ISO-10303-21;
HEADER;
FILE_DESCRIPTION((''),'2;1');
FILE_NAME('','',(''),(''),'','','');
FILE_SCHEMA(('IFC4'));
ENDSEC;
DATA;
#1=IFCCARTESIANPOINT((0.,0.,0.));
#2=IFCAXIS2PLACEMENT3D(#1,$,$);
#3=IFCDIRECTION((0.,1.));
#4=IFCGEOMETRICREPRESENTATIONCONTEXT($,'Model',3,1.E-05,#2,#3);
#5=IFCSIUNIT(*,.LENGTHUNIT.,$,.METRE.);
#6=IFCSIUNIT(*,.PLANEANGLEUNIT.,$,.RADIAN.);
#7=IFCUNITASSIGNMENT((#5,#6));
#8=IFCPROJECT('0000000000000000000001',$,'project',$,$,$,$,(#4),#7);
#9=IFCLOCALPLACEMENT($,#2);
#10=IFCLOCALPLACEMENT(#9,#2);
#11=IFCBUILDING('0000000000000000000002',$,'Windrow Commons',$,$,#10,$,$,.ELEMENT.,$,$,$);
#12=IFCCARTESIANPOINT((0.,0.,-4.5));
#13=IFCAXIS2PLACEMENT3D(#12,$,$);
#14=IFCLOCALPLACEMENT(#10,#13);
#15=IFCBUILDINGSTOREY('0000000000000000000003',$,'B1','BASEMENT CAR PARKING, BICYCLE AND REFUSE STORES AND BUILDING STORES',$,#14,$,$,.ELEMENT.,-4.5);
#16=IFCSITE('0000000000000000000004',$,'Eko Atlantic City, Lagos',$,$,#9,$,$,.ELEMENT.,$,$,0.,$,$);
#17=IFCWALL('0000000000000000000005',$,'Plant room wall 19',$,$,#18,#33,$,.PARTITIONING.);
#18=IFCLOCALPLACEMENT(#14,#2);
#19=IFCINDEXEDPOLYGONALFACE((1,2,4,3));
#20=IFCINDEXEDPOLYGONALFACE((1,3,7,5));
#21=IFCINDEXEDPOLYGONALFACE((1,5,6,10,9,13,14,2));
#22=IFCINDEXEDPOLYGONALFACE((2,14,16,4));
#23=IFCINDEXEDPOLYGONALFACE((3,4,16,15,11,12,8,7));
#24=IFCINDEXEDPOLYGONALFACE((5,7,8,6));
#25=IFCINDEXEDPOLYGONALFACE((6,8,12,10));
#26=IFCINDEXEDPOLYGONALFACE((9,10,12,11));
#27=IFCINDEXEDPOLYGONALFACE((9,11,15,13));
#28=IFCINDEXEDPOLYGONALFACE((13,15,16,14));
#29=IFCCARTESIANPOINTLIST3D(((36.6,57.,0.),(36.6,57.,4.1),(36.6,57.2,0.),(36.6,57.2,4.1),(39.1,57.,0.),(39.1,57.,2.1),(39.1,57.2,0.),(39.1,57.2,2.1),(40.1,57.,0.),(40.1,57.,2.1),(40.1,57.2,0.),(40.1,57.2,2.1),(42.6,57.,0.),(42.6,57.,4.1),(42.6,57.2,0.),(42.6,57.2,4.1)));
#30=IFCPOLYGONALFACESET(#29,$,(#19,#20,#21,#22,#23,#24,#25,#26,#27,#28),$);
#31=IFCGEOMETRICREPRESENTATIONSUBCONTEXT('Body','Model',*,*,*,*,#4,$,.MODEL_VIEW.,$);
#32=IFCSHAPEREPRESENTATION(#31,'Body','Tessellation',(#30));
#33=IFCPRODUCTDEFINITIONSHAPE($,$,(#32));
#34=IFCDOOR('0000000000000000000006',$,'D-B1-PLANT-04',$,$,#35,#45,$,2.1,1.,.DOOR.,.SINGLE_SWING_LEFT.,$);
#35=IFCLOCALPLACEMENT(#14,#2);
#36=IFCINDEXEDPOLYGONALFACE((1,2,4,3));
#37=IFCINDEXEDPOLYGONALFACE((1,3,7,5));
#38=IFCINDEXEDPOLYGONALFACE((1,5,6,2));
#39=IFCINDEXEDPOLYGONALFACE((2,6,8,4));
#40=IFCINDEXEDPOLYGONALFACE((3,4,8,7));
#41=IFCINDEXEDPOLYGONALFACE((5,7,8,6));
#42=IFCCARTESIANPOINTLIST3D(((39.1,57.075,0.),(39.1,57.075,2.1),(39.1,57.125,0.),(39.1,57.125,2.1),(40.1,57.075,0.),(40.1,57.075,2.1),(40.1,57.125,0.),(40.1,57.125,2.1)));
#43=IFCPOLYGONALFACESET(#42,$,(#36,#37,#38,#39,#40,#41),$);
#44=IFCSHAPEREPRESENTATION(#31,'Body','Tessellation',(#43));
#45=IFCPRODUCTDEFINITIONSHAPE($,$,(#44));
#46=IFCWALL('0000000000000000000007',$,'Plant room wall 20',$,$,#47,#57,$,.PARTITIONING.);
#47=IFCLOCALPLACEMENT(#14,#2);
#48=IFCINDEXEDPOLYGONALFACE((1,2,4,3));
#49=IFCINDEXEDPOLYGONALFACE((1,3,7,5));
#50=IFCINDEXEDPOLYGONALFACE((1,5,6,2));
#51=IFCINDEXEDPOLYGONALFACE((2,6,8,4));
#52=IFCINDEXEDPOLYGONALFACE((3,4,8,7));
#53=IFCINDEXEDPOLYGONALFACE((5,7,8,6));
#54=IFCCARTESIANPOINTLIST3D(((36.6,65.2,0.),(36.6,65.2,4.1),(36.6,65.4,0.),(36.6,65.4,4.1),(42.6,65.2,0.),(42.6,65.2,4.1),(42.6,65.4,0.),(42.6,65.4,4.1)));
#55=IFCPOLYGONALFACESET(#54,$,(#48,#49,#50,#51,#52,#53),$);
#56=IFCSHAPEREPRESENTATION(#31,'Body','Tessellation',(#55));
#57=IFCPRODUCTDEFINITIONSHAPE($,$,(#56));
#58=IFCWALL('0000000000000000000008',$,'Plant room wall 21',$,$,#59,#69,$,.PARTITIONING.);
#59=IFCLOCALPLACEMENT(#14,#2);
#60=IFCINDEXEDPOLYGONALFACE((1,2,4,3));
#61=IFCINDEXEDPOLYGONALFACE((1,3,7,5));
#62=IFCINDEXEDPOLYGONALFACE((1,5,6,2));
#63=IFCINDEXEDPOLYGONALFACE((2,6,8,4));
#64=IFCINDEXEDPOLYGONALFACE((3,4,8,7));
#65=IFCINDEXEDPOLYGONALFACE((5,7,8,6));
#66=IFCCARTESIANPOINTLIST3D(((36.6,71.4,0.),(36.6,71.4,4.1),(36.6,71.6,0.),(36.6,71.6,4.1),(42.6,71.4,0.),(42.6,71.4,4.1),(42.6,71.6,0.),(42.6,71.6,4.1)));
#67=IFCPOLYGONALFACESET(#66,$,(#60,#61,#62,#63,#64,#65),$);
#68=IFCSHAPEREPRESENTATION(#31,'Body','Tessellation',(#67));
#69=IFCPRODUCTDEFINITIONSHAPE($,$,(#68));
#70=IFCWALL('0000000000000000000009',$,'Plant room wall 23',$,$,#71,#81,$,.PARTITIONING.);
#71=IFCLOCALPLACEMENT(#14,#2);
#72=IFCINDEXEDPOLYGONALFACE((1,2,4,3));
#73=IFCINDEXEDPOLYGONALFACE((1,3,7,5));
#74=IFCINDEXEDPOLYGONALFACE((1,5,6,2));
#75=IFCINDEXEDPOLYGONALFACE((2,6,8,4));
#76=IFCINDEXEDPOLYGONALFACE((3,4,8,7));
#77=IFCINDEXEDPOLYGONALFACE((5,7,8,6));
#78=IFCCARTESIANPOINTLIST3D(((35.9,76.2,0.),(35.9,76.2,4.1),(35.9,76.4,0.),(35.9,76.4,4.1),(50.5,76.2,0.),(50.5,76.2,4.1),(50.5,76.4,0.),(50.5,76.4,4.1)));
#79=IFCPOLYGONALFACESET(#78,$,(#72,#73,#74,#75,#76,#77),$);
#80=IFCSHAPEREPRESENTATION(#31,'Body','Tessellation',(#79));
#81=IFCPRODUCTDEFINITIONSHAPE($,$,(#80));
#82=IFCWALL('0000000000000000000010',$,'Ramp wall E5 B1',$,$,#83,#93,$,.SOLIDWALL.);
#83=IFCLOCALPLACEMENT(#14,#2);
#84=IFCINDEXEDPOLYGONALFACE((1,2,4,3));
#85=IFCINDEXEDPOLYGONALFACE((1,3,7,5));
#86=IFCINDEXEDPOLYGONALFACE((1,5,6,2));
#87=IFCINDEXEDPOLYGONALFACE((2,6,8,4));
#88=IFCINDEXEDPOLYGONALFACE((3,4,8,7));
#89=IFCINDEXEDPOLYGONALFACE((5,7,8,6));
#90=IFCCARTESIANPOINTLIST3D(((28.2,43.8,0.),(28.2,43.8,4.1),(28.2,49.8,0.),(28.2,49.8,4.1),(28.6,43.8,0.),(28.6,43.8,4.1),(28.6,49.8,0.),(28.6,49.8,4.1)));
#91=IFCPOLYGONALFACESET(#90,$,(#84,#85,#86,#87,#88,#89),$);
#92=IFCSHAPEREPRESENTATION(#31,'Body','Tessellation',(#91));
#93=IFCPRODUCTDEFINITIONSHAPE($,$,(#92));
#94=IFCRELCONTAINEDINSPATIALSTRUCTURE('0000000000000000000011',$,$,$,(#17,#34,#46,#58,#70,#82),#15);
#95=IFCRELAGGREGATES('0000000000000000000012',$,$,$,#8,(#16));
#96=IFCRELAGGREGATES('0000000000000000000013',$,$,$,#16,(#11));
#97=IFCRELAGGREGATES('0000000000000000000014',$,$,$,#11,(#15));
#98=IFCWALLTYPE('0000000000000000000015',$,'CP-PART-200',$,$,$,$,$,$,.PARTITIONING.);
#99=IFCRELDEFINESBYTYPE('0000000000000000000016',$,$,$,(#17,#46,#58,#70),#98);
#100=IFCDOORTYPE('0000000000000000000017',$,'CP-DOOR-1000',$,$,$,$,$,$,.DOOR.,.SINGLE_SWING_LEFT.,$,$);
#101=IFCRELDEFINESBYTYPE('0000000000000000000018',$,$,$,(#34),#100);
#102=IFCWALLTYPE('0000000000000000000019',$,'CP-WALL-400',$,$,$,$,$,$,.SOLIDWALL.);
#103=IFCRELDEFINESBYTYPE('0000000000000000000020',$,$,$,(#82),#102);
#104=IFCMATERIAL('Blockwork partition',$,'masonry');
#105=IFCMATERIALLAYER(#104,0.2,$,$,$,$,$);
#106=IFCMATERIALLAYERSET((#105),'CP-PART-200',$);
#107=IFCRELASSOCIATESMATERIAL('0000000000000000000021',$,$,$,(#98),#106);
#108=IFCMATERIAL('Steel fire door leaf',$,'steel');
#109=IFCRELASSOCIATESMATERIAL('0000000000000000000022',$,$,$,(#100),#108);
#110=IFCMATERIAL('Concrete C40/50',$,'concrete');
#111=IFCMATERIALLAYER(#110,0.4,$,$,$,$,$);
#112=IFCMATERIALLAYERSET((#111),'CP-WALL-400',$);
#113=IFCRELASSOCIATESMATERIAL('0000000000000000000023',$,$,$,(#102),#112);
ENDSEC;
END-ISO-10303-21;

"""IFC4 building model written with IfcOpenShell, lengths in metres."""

from ifc_helpers import new_model, si_unit, direction, frame, frame_2d, origin, place, context, subcontext, project, spatial, rectangle, extrude, material, layer, layer_set, type_object, element, fill, save


model = new_model("IFC4")

# Units and contexts
model_context = context("Model", 3, precision=1e-05, world=origin(), true_north=direction((0.0, 1.0)))
body_context = subcontext(model_context, "Body", "Model", "MODEL_VIEW")
ifc_project = project(units=[si_unit("LENGTHUNIT", "METRE"), si_unit("PLANEANGLEUNIT", "RADIAN")], contexts=[model_context])

# Site, building, storey
site_placement = place(None, origin())
site = spatial("IfcSite", under=ifc_project, at=site_placement, Name="Eko Atlantic City, Lagos", CompositionType="ELEMENT", RefElevation=0.0)
building_placement = place(site_placement, origin())
building = spatial("IfcBuilding", under=site, at=building_placement, Name="Windrow Commons", CompositionType="ELEMENT")
storey_placement = place(building_placement, frame((0.0, 0.0, -4.5)))
storey = spatial("IfcBuildingStorey", under=building, at=storey_placement, Name="B1", Description="BASEMENT CAR PARKING, BICYCLE AND REFUSE STORES AND BUILDING STORES", CompositionType="ELEMENT", Elevation=-4.5)

# Shared definitions
ifc_material_1 = material(Name="Blockwork partition", Category="masonry")
ifc_layer_1 = layer(ifc_material_1, 0.2)
ifc_layer_set_1 = layer_set([ifc_layer_1], Name="CP-PART-200")
wall_type_1 = type_object("IfcWallType", Name="CP-PART-200", PredefinedType="PARTITIONING", material=ifc_layer_set_1)

# Wall, opening, door
wall_1_placement = place(storey_placement, frame((36.6, 57.1, 0.0), z_axis=(0.0, 0.0, 1.0), x_axis=(1.0, 0.0, 0.0)))
wall_1 = element("IfcWall", 1, at=wall_1_placement, inside=storey, type_object=wall_type_1, Name="Plant room wall 19", PredefinedType="PARTITIONING", context=body_context, shape_type="SweptSolid", body=[
    extrude(rectangle(XDim=6.0, YDim=0.2, at=frame_2d((3.0, 0.0))), origin(), (0.0, 0.0, 1.0), 4.1),
])
opening_placement = place(wall_1_placement, frame((2.5, 0.0, 0.0)))
opening = element("IfcOpeningElement", 2, at=opening_placement, cuts=wall_1, PredefinedType="OPENING", context=body_context, shape_type="SweptSolid", body=[
    extrude(rectangle(XDim=1.0, YDim=2.1, at=frame_2d((0.5, 1.05))), frame((0.0, 0.11, 0.0), z_axis=(0.0, -1.0, 0.0), x_axis=(1.0, 0.0, 0.0)), (0.0, 0.0, 1.0), 0.22),
])
ifc_material_2 = material(Name="Steel fire door leaf", Category="steel")
door_type = type_object("IfcDoorType", Name="CP-DOOR-1000", OperationType="SINGLE_SWING_LEFT", PredefinedType="DOOR", material=ifc_material_2)
door_placement = place(opening_placement, origin())
door = element("IfcDoor", 3, at=door_placement, inside=storey, type_object=door_type, Name="D-B1-PLANT-04", OperationType="SINGLE_SWING_LEFT", OverallHeight=2.1, OverallWidth=1.0, PredefinedType="DOOR", context=body_context, shape_type="SweptSolid", body=[
    extrude(rectangle(XDim=1.0, YDim=2.1, at=frame_2d((0.5, 1.05))), frame((0.0, 0.025, 0.0), z_axis=(0.0, -1.0, 0.0), x_axis=(1.0, 0.0, 0.0)), (0.0, 0.0, 1.0), 0.05),
])
fill(opening, door)

# Walls
for number, where, z_axis, x_axis, name in (
    (4, (36.6, 65.3, 0.0), (0.0, 0.0, 1.0), (1.0, 0.0, 0.0), "Plant room wall 20"),
    (5, (36.6, 71.5, 0.0), (0.0, 0.0, 1.0), (1.0, 0.0, 0.0), "Plant room wall 21"),
):
    element("IfcWall", number, at=place(storey_placement, frame(where, z_axis=z_axis, x_axis=x_axis)), inside=storey, type_object=wall_type_1, Name=name, PredefinedType="PARTITIONING", context=body_context, shape_type="SweptSolid", body=[
        extrude(rectangle(XDim=6.0, YDim=0.2, at=frame_2d((3.0, 0.0))), origin(), (0.0, 0.0, 1.0), 4.1),
    ])
wall_2_placement = place(storey_placement, frame((35.9, 76.3, 0.0), z_axis=(0.0, 0.0, 1.0), x_axis=(1.0, 0.0, 0.0)))
element("IfcWall", 6, at=wall_2_placement, inside=storey, type_object=wall_type_1, Name="Plant room wall 23", PredefinedType="PARTITIONING", context=body_context, shape_type="SweptSolid", body=[
    extrude(rectangle(XDim=14.6, YDim=0.2, at=frame_2d((7.3, 0.0))), origin(), (0.0, 0.0, 1.0), 4.1),
])
ifc_material_3 = material(Name="Concrete C40/50", Category="concrete")
ifc_layer_2 = layer(ifc_material_3, 0.4)
ifc_layer_set_2 = layer_set([ifc_layer_2], Name="CP-WALL-400")
wall_type_2 = type_object("IfcWallType", Name="CP-WALL-400", PredefinedType="SOLIDWALL", material=ifc_layer_set_2)
wall_3_placement = place(storey_placement, frame((28.4, 43.8, 0.0), z_axis=(0.0, 0.0, 1.0), x_axis=(0.0, 1.0, 0.0)))
element("IfcWall", 7, at=wall_3_placement, inside=storey, type_object=wall_type_2, Name="Ramp wall E5 B1", PredefinedType="SOLIDWALL", context=body_context, shape_type="SweptSolid", body=[
    extrude(rectangle(XDim=6.0, YDim=0.4, at=frame_2d((3.0, 0.0))), origin(), (0.0, 0.0, 1.0), 4.1),
])

save(model, "model.ifc")
